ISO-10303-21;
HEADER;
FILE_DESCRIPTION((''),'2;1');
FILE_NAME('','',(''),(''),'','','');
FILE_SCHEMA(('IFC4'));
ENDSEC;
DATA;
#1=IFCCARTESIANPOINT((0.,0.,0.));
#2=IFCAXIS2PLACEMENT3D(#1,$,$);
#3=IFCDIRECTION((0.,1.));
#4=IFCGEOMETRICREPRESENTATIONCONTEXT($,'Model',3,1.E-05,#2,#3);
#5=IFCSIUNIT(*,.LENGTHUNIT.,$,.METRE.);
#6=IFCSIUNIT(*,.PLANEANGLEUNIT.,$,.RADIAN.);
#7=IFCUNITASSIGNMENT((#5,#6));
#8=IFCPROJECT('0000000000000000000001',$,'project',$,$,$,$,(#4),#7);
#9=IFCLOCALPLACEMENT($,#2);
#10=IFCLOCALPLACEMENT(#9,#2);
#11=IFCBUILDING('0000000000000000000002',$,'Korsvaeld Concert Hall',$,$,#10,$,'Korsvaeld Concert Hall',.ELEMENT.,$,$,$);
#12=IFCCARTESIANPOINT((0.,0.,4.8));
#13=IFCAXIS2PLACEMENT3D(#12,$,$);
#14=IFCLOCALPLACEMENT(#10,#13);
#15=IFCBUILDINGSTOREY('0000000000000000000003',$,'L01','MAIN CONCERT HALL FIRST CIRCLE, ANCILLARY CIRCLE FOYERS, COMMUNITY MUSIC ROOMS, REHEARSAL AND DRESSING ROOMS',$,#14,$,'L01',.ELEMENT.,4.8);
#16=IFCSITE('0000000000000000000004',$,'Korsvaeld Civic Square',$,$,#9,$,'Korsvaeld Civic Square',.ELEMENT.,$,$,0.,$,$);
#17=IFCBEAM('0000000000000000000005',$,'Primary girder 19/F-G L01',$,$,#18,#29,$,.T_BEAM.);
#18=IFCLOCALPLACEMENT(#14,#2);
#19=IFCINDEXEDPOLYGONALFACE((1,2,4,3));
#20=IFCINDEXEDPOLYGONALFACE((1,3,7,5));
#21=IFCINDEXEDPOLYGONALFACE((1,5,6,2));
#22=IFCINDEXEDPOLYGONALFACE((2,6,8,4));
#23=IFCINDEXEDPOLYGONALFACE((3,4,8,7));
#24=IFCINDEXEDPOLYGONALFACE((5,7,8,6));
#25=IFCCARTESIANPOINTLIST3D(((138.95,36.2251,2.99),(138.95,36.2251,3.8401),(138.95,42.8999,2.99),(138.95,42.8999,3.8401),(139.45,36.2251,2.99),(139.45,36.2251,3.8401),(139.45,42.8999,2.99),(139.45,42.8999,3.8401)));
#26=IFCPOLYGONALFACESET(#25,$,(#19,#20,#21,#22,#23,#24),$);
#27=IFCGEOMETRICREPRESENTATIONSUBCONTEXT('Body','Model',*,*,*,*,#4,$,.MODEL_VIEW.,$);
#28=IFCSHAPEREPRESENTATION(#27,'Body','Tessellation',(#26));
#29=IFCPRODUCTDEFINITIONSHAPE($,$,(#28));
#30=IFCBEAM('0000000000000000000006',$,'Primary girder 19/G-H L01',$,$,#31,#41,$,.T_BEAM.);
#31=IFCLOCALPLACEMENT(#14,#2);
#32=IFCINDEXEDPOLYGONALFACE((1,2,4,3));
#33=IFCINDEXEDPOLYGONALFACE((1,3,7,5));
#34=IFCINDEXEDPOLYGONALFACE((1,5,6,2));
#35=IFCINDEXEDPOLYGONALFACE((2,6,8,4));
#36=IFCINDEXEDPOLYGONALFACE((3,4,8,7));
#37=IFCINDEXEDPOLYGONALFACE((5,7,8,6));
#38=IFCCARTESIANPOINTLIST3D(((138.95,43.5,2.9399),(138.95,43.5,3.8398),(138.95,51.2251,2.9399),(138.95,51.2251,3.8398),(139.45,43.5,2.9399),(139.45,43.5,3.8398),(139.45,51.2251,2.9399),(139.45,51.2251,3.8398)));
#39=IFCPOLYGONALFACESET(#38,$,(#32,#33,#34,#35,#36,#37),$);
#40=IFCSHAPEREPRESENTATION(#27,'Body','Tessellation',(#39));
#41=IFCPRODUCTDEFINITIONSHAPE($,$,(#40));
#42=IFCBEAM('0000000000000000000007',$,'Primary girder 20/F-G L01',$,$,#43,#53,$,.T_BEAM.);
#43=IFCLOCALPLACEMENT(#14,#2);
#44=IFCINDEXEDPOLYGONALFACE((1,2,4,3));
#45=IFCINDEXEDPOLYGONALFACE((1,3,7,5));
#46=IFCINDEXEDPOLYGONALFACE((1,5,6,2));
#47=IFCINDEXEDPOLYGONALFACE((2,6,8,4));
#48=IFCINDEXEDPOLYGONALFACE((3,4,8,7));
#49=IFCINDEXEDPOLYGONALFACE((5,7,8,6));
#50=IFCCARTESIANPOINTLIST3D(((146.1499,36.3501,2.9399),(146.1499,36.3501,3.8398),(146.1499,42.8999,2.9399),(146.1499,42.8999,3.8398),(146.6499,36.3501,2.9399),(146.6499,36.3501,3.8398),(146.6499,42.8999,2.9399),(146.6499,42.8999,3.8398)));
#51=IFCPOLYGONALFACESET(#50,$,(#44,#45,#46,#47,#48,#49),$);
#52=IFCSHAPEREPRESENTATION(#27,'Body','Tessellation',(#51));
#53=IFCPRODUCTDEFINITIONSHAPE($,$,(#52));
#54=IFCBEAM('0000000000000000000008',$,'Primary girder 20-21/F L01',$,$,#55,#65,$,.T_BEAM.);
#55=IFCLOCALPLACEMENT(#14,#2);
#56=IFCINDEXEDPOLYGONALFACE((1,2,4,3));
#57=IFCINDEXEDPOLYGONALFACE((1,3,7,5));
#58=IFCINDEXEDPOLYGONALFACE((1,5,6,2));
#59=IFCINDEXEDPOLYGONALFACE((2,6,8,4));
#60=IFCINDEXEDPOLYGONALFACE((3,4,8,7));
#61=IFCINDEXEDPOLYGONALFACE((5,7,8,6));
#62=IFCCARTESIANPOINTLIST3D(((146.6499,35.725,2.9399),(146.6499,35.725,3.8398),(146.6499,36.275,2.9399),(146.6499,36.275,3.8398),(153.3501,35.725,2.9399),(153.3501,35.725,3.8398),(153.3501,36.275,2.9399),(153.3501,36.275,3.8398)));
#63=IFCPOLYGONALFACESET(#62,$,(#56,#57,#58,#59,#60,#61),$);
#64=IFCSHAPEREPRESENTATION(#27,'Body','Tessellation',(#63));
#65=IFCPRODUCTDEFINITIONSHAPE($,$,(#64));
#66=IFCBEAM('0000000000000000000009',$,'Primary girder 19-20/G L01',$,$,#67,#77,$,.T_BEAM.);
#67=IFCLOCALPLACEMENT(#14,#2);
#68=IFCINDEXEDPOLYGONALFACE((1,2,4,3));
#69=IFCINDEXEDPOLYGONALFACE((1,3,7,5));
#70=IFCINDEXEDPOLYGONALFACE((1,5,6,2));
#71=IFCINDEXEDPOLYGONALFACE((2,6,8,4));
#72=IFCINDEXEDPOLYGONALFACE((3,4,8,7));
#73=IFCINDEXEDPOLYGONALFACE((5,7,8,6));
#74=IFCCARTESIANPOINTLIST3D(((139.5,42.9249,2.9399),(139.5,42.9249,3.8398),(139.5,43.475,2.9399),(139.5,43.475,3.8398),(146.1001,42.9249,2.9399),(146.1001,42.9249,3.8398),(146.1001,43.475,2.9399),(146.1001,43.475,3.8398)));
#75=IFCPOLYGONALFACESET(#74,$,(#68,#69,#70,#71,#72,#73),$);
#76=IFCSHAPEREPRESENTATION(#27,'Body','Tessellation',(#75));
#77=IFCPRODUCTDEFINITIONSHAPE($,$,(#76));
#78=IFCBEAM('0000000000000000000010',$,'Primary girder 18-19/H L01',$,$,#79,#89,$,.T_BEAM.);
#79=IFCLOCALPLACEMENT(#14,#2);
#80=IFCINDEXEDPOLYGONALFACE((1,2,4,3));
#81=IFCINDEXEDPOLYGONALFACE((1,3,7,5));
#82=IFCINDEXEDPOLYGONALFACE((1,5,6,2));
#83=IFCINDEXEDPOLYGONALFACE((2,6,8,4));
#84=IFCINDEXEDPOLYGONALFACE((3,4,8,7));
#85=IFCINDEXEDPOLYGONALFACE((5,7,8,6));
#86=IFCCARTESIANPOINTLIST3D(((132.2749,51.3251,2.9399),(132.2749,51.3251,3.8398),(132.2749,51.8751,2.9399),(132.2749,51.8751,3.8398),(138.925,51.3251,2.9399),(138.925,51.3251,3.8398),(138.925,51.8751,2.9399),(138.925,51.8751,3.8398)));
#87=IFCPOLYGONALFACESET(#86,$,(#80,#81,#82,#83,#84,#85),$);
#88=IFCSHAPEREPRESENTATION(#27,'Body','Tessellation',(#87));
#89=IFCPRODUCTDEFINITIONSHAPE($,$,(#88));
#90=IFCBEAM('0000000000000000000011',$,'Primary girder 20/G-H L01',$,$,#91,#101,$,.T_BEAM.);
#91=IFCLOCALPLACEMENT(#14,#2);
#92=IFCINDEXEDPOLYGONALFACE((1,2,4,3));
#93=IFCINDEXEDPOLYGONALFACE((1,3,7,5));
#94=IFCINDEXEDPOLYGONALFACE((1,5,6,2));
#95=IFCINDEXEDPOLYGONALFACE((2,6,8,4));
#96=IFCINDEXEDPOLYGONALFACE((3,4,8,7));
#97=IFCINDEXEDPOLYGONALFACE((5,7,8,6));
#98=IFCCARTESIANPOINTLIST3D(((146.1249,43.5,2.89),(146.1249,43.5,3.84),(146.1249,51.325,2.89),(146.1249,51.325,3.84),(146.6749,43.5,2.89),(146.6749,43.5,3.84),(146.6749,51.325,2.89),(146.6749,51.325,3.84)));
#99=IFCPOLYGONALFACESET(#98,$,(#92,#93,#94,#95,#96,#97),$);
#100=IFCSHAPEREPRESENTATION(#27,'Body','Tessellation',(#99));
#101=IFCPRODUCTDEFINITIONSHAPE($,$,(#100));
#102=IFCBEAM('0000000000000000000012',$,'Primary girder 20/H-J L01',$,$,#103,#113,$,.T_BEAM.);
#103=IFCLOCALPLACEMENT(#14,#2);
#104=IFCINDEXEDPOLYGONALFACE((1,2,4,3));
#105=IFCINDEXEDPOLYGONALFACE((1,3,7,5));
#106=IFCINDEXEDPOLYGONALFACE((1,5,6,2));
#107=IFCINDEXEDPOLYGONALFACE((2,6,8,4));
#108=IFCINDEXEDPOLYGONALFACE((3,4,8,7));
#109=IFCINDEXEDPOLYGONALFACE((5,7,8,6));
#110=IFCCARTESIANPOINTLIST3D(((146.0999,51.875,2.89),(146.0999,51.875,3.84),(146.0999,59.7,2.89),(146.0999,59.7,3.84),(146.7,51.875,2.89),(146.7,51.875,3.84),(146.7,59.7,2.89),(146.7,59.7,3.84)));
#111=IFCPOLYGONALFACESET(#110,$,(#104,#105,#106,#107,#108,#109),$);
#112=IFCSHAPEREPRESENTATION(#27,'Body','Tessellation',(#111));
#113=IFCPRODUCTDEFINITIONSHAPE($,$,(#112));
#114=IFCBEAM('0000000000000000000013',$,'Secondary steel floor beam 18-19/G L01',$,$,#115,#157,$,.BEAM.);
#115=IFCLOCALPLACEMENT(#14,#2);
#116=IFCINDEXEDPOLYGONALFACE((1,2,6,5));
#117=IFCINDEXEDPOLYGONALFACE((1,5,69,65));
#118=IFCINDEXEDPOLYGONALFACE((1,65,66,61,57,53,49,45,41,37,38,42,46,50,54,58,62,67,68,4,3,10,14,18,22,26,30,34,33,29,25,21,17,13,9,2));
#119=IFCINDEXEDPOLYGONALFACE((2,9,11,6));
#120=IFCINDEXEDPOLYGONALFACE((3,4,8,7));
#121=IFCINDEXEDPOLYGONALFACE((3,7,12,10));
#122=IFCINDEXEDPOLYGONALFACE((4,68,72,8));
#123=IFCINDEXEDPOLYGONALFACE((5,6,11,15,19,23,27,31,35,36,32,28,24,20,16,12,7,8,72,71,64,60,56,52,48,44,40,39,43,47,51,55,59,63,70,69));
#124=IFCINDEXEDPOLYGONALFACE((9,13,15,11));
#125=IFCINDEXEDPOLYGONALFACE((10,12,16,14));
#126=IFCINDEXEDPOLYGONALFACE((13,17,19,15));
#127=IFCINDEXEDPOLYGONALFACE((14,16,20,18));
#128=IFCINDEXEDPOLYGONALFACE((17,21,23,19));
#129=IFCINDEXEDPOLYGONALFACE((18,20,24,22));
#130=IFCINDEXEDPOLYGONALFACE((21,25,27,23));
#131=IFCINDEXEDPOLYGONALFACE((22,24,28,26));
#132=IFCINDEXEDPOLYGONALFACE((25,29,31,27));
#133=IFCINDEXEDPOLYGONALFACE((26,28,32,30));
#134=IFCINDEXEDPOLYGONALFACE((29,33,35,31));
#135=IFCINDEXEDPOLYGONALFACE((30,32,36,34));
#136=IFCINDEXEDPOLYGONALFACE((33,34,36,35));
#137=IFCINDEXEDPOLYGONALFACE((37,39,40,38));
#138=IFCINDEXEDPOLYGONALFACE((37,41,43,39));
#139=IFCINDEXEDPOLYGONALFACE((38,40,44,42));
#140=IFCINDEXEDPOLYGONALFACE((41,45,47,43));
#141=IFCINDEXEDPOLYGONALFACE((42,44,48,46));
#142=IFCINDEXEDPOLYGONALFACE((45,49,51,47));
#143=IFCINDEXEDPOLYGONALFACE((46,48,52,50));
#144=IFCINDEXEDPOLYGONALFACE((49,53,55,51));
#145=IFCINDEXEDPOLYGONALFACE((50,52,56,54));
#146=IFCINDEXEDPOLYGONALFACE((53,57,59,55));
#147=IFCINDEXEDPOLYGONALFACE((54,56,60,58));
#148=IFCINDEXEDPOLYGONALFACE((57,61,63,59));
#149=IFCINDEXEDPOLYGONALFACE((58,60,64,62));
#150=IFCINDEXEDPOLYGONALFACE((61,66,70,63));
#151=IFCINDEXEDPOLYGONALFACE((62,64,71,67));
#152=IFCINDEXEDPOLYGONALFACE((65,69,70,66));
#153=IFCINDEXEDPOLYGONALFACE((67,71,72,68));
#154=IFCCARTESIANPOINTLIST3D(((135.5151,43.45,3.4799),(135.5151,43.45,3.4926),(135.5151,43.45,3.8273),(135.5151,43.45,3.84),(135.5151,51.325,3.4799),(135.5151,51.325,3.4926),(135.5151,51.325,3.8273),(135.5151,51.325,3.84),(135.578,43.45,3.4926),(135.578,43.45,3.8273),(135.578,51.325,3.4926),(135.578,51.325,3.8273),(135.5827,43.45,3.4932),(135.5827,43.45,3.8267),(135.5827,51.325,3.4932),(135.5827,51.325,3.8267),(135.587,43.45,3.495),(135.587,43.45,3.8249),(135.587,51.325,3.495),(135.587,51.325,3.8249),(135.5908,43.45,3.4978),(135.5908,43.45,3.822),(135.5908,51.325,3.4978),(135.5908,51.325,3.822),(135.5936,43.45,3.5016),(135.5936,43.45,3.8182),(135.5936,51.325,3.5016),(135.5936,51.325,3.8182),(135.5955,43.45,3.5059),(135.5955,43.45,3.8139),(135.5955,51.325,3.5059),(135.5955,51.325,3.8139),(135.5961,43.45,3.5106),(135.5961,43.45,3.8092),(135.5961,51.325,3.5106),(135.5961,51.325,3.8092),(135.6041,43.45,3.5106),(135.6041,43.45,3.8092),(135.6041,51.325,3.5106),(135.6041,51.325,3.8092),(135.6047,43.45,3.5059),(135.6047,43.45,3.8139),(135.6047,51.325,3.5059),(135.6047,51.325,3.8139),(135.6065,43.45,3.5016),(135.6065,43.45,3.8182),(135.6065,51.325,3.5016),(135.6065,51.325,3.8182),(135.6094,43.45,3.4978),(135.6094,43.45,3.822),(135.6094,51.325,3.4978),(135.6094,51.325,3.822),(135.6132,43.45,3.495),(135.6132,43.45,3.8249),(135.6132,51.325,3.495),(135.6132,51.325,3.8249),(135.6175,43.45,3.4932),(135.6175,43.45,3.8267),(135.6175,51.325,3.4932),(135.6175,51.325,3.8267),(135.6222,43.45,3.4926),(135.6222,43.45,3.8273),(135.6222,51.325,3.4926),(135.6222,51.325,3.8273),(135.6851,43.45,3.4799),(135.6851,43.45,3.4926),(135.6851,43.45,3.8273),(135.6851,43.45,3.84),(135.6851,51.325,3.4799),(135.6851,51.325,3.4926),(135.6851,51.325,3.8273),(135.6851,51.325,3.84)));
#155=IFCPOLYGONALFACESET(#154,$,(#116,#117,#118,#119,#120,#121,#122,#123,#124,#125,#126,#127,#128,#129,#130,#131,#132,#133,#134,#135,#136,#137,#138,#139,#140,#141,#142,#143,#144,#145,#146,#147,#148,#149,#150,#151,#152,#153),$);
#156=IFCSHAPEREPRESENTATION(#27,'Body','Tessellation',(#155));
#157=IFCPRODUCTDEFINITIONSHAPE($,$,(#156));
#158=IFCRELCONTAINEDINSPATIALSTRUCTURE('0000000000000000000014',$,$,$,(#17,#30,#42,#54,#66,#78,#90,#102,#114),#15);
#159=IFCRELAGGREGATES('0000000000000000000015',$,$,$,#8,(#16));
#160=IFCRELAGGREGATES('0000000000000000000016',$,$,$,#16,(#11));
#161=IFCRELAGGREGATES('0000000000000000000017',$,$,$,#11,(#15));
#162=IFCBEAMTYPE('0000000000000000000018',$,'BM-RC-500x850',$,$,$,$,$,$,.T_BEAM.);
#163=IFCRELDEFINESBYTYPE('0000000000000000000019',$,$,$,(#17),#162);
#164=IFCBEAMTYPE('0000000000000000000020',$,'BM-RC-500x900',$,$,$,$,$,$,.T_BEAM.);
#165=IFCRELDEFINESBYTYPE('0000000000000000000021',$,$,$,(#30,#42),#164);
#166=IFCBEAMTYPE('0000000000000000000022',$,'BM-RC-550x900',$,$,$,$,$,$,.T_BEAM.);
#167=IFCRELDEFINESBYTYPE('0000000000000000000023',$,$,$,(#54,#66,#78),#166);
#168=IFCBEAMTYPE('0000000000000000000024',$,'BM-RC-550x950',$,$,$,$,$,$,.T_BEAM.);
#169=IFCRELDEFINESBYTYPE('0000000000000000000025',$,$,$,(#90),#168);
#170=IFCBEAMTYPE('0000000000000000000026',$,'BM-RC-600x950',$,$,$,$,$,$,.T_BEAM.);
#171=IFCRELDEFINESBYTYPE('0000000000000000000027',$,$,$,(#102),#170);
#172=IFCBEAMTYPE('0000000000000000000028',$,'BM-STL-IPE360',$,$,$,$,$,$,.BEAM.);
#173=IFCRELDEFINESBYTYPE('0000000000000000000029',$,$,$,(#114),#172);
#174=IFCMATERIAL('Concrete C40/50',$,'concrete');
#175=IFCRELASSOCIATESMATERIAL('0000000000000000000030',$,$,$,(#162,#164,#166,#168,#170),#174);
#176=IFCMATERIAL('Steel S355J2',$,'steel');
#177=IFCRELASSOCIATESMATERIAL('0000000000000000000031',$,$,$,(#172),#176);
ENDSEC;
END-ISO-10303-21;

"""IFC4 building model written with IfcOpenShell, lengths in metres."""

from ifc_helpers import new_model, si_unit, direction, frame, origin, origin_2d, place, context, subcontext, project, spatial, rectangle, i_section, extrude, material, material_profile, profile_set, type_object, element, save


model = new_model("IFC4")

# Units and contexts
model_context = context("Model", 3, precision=1e-05, world=origin(), true_north=direction((0.0, 1.0)))
body_context = subcontext(model_context, "Body", "Model", "MODEL_VIEW")
ifc_project = project(units=[si_unit("LENGTHUNIT", "METRE"), si_unit("PLANEANGLEUNIT", "RADIAN")], contexts=[model_context])

# Site, building, storey
site_placement = place(None, origin())
site = spatial("IfcSite", under=ifc_project, at=site_placement, Name="Korsvaeld Civic Square", LongName="Korsvaeld Civic Square", CompositionType="ELEMENT", RefElevation=0.0)
building_placement = place(site_placement, origin())
building = spatial("IfcBuilding", under=site, at=building_placement, Name="Korsvaeld Concert Hall", LongName="Korsvaeld Concert Hall", CompositionType="ELEMENT")
storey_placement = place(building_placement, frame((0.0, 0.0, 4.8)))
storey = spatial("IfcBuildingStorey", under=building, at=storey_placement, Name="L01", Description="MAIN CONCERT HALL FIRST CIRCLE, ANCILLARY CIRCLE FOYERS, COMMUNITY MUSIC ROOMS, REHEARSAL AND DRESSING ROOMS", LongName="L01", CompositionType="ELEMENT", Elevation=4.8)

# Shared definitions
ifc_material_1 = material(Name="Concrete C40/50", Category="concrete")

# Beams
ifc_material_profile_1 = material_profile(ifc_material_1, rectangle(XDim=0.5, YDim=0.8501, at=origin_2d()), Name="RC 500x850")
ifc_profile_set_1 = profile_set([ifc_material_profile_1], Name="Concrete C40/50")
beam_type_1 = type_object("IfcBeamType", Name="BM-RC-500x850", PredefinedType="T_BEAM", material=ifc_profile_set_1)
beam_1_placement = place(storey_placement, frame((139.2, 36.2251, 3.415), z_axis=(0.0, 1.0, 0.0), x_axis=(-1.0, 0.0, 0.0)))
element("IfcBeam", 1, at=beam_1_placement, inside=storey, type_object=beam_type_1, Name="Primary girder 19/F-G L01", PredefinedType="T_BEAM", context=body_context, shape_type="SweptSolid", body=[
    extrude(rectangle(XDim=0.5, YDim=0.8501, at=origin_2d()), origin(), (0.0, 0.0, 1.0), 6.6748),
])
ifc_material_profile_2 = material_profile(ifc_material_1, rectangle(XDim=0.5, YDim=0.8999, at=origin_2d()), Name="RC 500x900")
ifc_profile_set_2 = profile_set([ifc_material_profile_2], Name="Concrete C40/50")
beam_type_2 = type_object("IfcBeamType", Name="BM-RC-500x900", PredefinedType="T_BEAM", material=ifc_profile_set_2)
beam_2_placement = place(storey_placement, frame((139.2, 43.5, 3.3899), z_axis=(0.0, 1.0, 0.0), x_axis=(-1.0, 0.0, 0.0)))
element("IfcBeam", 2, at=beam_2_placement, inside=storey, type_object=beam_type_2, Name="Primary girder 19/G-H L01", PredefinedType="T_BEAM", context=body_context, shape_type="SweptSolid", body=[
    extrude(rectangle(XDim=0.5, YDim=0.8999, at=origin_2d()), origin(), (0.0, 0.0, 1.0), 7.7251),
])
beam_3_placement = place(storey_placement, frame((146.3999, 36.3501, 3.3899), z_axis=(0.0, 1.0, 0.0), x_axis=(-1.0, 0.0, 0.0)))
element("IfcBeam", 3, at=beam_3_placement, inside=storey, type_object=beam_type_2, Name="Primary girder 20/F-G L01", PredefinedType="T_BEAM", context=body_context, shape_type="SweptSolid", body=[
    extrude(rectangle(XDim=0.5, YDim=0.8999, at=origin_2d()), origin(), (0.0, 0.0, 1.0), 6.5498),
])
ifc_material_profile_3 = material_profile(ifc_material_1, rectangle(XDim=0.55, YDim=0.8999, at=origin_2d()), Name="RC 550x900")
ifc_profile_set_3 = profile_set([ifc_material_profile_3], Name="Concrete C40/50")
beam_type_3 = type_object("IfcBeamType", Name="BM-RC-550x900", PredefinedType="T_BEAM", material=ifc_profile_set_3)
beam_4_placement = place(storey_placement, frame((146.6499, 36.0, 3.3899), z_axis=(1.0, 0.0, 0.0), x_axis=(0.0, 1.0, 0.0)))
element("IfcBeam", 4, at=beam_4_placement, inside=storey, type_object=beam_type_3, Name="Primary girder 20-21/F L01", PredefinedType="T_BEAM", context=body_context, shape_type="SweptSolid", body=[
    extrude(rectangle(XDim=0.55, YDim=0.8999, at=origin_2d()), origin(), (0.0, 0.0, 1.0), 6.7002),
])
beam_5_placement = place(storey_placement, frame((139.5, 43.2, 3.3899), z_axis=(1.0, 0.0, 0.0), x_axis=(0.0, 1.0, 0.0)))
element("IfcBeam", 5, at=beam_5_placement, inside=storey, type_object=beam_type_3, Name="Primary girder 19-20/G L01", PredefinedType="T_BEAM", context=body_context, shape_type="SweptSolid", body=[
    extrude(rectangle(XDim=0.55, YDim=0.8999, at=origin_2d()), origin(), (0.0, 0.0, 1.0), 6.6001),
])
beam_6_placement = place(storey_placement, frame((132.2749, 51.6001, 3.3899), z_axis=(1.0, 0.0, 0.0), x_axis=(0.0, 1.0, 0.0)))
element("IfcBeam", 6, at=beam_6_placement, inside=storey, type_object=beam_type_3, Name="Primary girder 18-19/H L01", PredefinedType="T_BEAM", context=body_context, shape_type="SweptSolid", body=[
    extrude(rectangle(XDim=0.55, YDim=0.8999, at=origin_2d()), origin(), (0.0, 0.0, 1.0), 6.6501),
])
ifc_material_profile_4 = material_profile(ifc_material_1, rectangle(XDim=0.55, YDim=0.95, at=origin_2d()), Name="RC 550x950")
ifc_profile_set_4 = profile_set([ifc_material_profile_4], Name="Concrete C40/50")
beam_type_4 = type_object("IfcBeamType", Name="BM-RC-550x950", PredefinedType="T_BEAM", material=ifc_profile_set_4)
beam_7_placement = place(storey_placement, frame((146.3999, 43.5, 3.365), z_axis=(0.0, 1.0, 0.0), x_axis=(-1.0, 0.0, 0.0)))
element("IfcBeam", 7, at=beam_7_placement, inside=storey, type_object=beam_type_4, Name="Primary girder 20/G-H L01", PredefinedType="T_BEAM", context=body_context, shape_type="SweptSolid", body=[
    extrude(rectangle(XDim=0.55, YDim=0.95, at=origin_2d()), origin(), (0.0, 0.0, 1.0), 7.825),
])
ifc_material_profile_5 = material_profile(ifc_material_1, rectangle(XDim=0.6001, YDim=0.95, at=origin_2d()), Name="RC 600x950")
ifc_profile_set_5 = profile_set([ifc_material_profile_5], Name="Concrete C40/50")
beam_type_5 = type_object("IfcBeamType", Name="BM-RC-600x950", PredefinedType="T_BEAM", material=ifc_profile_set_5)
beam_8_placement = place(storey_placement, frame((146.3999, 51.875, 3.365), z_axis=(0.0, 1.0, 0.0), x_axis=(-1.0, 0.0, 0.0)))
element("IfcBeam", 8, at=beam_8_placement, inside=storey, type_object=beam_type_5, Name="Primary girder 20/H-J L01", PredefinedType="T_BEAM", context=body_context, shape_type="SweptSolid", body=[
    extrude(rectangle(XDim=0.6001, YDim=0.95, at=origin_2d()), origin(), (0.0, 0.0, 1.0), 7.825),
])
ifc_material_2 = material(Name="Steel S355J2", Category="steel")
ifc_material_profile_6 = material_profile(ifc_material_2, i_section(OverallWidth=0.1699, OverallDepth=0.3601, WebThickness=0.0081, FlangeThickness=0.0127, FilletRadius=0.0181, at=origin_2d()), Name="IPE 360")
ifc_profile_set_6 = profile_set([ifc_material_profile_6], Name="Steel S355J2")
beam_type_6 = type_object("IfcBeamType", Name="BM-STL-IPE360", PredefinedType="BEAM", material=ifc_profile_set_6)
beam_9_placement = place(storey_placement, frame((135.6001, 43.45, 3.6599), z_axis=(0.0, 1.0, 0.0), x_axis=(-1.0, 0.0, 0.0)))
element("IfcBeam", 9, at=beam_9_placement, inside=storey, type_object=beam_type_6, Name="Secondary steel floor beam 18-19/G L01", PredefinedType="BEAM", context=body_context, shape_type="SweptSolid", body=[
    extrude(i_section(OverallWidth=0.1699, OverallDepth=0.3601, WebThickness=0.0081, FlangeThickness=0.0127, FilletRadius=0.0181, at=origin_2d()), origin(), (0.0, 0.0, 1.0), 7.875),
])

save(model, "model.ifc")
